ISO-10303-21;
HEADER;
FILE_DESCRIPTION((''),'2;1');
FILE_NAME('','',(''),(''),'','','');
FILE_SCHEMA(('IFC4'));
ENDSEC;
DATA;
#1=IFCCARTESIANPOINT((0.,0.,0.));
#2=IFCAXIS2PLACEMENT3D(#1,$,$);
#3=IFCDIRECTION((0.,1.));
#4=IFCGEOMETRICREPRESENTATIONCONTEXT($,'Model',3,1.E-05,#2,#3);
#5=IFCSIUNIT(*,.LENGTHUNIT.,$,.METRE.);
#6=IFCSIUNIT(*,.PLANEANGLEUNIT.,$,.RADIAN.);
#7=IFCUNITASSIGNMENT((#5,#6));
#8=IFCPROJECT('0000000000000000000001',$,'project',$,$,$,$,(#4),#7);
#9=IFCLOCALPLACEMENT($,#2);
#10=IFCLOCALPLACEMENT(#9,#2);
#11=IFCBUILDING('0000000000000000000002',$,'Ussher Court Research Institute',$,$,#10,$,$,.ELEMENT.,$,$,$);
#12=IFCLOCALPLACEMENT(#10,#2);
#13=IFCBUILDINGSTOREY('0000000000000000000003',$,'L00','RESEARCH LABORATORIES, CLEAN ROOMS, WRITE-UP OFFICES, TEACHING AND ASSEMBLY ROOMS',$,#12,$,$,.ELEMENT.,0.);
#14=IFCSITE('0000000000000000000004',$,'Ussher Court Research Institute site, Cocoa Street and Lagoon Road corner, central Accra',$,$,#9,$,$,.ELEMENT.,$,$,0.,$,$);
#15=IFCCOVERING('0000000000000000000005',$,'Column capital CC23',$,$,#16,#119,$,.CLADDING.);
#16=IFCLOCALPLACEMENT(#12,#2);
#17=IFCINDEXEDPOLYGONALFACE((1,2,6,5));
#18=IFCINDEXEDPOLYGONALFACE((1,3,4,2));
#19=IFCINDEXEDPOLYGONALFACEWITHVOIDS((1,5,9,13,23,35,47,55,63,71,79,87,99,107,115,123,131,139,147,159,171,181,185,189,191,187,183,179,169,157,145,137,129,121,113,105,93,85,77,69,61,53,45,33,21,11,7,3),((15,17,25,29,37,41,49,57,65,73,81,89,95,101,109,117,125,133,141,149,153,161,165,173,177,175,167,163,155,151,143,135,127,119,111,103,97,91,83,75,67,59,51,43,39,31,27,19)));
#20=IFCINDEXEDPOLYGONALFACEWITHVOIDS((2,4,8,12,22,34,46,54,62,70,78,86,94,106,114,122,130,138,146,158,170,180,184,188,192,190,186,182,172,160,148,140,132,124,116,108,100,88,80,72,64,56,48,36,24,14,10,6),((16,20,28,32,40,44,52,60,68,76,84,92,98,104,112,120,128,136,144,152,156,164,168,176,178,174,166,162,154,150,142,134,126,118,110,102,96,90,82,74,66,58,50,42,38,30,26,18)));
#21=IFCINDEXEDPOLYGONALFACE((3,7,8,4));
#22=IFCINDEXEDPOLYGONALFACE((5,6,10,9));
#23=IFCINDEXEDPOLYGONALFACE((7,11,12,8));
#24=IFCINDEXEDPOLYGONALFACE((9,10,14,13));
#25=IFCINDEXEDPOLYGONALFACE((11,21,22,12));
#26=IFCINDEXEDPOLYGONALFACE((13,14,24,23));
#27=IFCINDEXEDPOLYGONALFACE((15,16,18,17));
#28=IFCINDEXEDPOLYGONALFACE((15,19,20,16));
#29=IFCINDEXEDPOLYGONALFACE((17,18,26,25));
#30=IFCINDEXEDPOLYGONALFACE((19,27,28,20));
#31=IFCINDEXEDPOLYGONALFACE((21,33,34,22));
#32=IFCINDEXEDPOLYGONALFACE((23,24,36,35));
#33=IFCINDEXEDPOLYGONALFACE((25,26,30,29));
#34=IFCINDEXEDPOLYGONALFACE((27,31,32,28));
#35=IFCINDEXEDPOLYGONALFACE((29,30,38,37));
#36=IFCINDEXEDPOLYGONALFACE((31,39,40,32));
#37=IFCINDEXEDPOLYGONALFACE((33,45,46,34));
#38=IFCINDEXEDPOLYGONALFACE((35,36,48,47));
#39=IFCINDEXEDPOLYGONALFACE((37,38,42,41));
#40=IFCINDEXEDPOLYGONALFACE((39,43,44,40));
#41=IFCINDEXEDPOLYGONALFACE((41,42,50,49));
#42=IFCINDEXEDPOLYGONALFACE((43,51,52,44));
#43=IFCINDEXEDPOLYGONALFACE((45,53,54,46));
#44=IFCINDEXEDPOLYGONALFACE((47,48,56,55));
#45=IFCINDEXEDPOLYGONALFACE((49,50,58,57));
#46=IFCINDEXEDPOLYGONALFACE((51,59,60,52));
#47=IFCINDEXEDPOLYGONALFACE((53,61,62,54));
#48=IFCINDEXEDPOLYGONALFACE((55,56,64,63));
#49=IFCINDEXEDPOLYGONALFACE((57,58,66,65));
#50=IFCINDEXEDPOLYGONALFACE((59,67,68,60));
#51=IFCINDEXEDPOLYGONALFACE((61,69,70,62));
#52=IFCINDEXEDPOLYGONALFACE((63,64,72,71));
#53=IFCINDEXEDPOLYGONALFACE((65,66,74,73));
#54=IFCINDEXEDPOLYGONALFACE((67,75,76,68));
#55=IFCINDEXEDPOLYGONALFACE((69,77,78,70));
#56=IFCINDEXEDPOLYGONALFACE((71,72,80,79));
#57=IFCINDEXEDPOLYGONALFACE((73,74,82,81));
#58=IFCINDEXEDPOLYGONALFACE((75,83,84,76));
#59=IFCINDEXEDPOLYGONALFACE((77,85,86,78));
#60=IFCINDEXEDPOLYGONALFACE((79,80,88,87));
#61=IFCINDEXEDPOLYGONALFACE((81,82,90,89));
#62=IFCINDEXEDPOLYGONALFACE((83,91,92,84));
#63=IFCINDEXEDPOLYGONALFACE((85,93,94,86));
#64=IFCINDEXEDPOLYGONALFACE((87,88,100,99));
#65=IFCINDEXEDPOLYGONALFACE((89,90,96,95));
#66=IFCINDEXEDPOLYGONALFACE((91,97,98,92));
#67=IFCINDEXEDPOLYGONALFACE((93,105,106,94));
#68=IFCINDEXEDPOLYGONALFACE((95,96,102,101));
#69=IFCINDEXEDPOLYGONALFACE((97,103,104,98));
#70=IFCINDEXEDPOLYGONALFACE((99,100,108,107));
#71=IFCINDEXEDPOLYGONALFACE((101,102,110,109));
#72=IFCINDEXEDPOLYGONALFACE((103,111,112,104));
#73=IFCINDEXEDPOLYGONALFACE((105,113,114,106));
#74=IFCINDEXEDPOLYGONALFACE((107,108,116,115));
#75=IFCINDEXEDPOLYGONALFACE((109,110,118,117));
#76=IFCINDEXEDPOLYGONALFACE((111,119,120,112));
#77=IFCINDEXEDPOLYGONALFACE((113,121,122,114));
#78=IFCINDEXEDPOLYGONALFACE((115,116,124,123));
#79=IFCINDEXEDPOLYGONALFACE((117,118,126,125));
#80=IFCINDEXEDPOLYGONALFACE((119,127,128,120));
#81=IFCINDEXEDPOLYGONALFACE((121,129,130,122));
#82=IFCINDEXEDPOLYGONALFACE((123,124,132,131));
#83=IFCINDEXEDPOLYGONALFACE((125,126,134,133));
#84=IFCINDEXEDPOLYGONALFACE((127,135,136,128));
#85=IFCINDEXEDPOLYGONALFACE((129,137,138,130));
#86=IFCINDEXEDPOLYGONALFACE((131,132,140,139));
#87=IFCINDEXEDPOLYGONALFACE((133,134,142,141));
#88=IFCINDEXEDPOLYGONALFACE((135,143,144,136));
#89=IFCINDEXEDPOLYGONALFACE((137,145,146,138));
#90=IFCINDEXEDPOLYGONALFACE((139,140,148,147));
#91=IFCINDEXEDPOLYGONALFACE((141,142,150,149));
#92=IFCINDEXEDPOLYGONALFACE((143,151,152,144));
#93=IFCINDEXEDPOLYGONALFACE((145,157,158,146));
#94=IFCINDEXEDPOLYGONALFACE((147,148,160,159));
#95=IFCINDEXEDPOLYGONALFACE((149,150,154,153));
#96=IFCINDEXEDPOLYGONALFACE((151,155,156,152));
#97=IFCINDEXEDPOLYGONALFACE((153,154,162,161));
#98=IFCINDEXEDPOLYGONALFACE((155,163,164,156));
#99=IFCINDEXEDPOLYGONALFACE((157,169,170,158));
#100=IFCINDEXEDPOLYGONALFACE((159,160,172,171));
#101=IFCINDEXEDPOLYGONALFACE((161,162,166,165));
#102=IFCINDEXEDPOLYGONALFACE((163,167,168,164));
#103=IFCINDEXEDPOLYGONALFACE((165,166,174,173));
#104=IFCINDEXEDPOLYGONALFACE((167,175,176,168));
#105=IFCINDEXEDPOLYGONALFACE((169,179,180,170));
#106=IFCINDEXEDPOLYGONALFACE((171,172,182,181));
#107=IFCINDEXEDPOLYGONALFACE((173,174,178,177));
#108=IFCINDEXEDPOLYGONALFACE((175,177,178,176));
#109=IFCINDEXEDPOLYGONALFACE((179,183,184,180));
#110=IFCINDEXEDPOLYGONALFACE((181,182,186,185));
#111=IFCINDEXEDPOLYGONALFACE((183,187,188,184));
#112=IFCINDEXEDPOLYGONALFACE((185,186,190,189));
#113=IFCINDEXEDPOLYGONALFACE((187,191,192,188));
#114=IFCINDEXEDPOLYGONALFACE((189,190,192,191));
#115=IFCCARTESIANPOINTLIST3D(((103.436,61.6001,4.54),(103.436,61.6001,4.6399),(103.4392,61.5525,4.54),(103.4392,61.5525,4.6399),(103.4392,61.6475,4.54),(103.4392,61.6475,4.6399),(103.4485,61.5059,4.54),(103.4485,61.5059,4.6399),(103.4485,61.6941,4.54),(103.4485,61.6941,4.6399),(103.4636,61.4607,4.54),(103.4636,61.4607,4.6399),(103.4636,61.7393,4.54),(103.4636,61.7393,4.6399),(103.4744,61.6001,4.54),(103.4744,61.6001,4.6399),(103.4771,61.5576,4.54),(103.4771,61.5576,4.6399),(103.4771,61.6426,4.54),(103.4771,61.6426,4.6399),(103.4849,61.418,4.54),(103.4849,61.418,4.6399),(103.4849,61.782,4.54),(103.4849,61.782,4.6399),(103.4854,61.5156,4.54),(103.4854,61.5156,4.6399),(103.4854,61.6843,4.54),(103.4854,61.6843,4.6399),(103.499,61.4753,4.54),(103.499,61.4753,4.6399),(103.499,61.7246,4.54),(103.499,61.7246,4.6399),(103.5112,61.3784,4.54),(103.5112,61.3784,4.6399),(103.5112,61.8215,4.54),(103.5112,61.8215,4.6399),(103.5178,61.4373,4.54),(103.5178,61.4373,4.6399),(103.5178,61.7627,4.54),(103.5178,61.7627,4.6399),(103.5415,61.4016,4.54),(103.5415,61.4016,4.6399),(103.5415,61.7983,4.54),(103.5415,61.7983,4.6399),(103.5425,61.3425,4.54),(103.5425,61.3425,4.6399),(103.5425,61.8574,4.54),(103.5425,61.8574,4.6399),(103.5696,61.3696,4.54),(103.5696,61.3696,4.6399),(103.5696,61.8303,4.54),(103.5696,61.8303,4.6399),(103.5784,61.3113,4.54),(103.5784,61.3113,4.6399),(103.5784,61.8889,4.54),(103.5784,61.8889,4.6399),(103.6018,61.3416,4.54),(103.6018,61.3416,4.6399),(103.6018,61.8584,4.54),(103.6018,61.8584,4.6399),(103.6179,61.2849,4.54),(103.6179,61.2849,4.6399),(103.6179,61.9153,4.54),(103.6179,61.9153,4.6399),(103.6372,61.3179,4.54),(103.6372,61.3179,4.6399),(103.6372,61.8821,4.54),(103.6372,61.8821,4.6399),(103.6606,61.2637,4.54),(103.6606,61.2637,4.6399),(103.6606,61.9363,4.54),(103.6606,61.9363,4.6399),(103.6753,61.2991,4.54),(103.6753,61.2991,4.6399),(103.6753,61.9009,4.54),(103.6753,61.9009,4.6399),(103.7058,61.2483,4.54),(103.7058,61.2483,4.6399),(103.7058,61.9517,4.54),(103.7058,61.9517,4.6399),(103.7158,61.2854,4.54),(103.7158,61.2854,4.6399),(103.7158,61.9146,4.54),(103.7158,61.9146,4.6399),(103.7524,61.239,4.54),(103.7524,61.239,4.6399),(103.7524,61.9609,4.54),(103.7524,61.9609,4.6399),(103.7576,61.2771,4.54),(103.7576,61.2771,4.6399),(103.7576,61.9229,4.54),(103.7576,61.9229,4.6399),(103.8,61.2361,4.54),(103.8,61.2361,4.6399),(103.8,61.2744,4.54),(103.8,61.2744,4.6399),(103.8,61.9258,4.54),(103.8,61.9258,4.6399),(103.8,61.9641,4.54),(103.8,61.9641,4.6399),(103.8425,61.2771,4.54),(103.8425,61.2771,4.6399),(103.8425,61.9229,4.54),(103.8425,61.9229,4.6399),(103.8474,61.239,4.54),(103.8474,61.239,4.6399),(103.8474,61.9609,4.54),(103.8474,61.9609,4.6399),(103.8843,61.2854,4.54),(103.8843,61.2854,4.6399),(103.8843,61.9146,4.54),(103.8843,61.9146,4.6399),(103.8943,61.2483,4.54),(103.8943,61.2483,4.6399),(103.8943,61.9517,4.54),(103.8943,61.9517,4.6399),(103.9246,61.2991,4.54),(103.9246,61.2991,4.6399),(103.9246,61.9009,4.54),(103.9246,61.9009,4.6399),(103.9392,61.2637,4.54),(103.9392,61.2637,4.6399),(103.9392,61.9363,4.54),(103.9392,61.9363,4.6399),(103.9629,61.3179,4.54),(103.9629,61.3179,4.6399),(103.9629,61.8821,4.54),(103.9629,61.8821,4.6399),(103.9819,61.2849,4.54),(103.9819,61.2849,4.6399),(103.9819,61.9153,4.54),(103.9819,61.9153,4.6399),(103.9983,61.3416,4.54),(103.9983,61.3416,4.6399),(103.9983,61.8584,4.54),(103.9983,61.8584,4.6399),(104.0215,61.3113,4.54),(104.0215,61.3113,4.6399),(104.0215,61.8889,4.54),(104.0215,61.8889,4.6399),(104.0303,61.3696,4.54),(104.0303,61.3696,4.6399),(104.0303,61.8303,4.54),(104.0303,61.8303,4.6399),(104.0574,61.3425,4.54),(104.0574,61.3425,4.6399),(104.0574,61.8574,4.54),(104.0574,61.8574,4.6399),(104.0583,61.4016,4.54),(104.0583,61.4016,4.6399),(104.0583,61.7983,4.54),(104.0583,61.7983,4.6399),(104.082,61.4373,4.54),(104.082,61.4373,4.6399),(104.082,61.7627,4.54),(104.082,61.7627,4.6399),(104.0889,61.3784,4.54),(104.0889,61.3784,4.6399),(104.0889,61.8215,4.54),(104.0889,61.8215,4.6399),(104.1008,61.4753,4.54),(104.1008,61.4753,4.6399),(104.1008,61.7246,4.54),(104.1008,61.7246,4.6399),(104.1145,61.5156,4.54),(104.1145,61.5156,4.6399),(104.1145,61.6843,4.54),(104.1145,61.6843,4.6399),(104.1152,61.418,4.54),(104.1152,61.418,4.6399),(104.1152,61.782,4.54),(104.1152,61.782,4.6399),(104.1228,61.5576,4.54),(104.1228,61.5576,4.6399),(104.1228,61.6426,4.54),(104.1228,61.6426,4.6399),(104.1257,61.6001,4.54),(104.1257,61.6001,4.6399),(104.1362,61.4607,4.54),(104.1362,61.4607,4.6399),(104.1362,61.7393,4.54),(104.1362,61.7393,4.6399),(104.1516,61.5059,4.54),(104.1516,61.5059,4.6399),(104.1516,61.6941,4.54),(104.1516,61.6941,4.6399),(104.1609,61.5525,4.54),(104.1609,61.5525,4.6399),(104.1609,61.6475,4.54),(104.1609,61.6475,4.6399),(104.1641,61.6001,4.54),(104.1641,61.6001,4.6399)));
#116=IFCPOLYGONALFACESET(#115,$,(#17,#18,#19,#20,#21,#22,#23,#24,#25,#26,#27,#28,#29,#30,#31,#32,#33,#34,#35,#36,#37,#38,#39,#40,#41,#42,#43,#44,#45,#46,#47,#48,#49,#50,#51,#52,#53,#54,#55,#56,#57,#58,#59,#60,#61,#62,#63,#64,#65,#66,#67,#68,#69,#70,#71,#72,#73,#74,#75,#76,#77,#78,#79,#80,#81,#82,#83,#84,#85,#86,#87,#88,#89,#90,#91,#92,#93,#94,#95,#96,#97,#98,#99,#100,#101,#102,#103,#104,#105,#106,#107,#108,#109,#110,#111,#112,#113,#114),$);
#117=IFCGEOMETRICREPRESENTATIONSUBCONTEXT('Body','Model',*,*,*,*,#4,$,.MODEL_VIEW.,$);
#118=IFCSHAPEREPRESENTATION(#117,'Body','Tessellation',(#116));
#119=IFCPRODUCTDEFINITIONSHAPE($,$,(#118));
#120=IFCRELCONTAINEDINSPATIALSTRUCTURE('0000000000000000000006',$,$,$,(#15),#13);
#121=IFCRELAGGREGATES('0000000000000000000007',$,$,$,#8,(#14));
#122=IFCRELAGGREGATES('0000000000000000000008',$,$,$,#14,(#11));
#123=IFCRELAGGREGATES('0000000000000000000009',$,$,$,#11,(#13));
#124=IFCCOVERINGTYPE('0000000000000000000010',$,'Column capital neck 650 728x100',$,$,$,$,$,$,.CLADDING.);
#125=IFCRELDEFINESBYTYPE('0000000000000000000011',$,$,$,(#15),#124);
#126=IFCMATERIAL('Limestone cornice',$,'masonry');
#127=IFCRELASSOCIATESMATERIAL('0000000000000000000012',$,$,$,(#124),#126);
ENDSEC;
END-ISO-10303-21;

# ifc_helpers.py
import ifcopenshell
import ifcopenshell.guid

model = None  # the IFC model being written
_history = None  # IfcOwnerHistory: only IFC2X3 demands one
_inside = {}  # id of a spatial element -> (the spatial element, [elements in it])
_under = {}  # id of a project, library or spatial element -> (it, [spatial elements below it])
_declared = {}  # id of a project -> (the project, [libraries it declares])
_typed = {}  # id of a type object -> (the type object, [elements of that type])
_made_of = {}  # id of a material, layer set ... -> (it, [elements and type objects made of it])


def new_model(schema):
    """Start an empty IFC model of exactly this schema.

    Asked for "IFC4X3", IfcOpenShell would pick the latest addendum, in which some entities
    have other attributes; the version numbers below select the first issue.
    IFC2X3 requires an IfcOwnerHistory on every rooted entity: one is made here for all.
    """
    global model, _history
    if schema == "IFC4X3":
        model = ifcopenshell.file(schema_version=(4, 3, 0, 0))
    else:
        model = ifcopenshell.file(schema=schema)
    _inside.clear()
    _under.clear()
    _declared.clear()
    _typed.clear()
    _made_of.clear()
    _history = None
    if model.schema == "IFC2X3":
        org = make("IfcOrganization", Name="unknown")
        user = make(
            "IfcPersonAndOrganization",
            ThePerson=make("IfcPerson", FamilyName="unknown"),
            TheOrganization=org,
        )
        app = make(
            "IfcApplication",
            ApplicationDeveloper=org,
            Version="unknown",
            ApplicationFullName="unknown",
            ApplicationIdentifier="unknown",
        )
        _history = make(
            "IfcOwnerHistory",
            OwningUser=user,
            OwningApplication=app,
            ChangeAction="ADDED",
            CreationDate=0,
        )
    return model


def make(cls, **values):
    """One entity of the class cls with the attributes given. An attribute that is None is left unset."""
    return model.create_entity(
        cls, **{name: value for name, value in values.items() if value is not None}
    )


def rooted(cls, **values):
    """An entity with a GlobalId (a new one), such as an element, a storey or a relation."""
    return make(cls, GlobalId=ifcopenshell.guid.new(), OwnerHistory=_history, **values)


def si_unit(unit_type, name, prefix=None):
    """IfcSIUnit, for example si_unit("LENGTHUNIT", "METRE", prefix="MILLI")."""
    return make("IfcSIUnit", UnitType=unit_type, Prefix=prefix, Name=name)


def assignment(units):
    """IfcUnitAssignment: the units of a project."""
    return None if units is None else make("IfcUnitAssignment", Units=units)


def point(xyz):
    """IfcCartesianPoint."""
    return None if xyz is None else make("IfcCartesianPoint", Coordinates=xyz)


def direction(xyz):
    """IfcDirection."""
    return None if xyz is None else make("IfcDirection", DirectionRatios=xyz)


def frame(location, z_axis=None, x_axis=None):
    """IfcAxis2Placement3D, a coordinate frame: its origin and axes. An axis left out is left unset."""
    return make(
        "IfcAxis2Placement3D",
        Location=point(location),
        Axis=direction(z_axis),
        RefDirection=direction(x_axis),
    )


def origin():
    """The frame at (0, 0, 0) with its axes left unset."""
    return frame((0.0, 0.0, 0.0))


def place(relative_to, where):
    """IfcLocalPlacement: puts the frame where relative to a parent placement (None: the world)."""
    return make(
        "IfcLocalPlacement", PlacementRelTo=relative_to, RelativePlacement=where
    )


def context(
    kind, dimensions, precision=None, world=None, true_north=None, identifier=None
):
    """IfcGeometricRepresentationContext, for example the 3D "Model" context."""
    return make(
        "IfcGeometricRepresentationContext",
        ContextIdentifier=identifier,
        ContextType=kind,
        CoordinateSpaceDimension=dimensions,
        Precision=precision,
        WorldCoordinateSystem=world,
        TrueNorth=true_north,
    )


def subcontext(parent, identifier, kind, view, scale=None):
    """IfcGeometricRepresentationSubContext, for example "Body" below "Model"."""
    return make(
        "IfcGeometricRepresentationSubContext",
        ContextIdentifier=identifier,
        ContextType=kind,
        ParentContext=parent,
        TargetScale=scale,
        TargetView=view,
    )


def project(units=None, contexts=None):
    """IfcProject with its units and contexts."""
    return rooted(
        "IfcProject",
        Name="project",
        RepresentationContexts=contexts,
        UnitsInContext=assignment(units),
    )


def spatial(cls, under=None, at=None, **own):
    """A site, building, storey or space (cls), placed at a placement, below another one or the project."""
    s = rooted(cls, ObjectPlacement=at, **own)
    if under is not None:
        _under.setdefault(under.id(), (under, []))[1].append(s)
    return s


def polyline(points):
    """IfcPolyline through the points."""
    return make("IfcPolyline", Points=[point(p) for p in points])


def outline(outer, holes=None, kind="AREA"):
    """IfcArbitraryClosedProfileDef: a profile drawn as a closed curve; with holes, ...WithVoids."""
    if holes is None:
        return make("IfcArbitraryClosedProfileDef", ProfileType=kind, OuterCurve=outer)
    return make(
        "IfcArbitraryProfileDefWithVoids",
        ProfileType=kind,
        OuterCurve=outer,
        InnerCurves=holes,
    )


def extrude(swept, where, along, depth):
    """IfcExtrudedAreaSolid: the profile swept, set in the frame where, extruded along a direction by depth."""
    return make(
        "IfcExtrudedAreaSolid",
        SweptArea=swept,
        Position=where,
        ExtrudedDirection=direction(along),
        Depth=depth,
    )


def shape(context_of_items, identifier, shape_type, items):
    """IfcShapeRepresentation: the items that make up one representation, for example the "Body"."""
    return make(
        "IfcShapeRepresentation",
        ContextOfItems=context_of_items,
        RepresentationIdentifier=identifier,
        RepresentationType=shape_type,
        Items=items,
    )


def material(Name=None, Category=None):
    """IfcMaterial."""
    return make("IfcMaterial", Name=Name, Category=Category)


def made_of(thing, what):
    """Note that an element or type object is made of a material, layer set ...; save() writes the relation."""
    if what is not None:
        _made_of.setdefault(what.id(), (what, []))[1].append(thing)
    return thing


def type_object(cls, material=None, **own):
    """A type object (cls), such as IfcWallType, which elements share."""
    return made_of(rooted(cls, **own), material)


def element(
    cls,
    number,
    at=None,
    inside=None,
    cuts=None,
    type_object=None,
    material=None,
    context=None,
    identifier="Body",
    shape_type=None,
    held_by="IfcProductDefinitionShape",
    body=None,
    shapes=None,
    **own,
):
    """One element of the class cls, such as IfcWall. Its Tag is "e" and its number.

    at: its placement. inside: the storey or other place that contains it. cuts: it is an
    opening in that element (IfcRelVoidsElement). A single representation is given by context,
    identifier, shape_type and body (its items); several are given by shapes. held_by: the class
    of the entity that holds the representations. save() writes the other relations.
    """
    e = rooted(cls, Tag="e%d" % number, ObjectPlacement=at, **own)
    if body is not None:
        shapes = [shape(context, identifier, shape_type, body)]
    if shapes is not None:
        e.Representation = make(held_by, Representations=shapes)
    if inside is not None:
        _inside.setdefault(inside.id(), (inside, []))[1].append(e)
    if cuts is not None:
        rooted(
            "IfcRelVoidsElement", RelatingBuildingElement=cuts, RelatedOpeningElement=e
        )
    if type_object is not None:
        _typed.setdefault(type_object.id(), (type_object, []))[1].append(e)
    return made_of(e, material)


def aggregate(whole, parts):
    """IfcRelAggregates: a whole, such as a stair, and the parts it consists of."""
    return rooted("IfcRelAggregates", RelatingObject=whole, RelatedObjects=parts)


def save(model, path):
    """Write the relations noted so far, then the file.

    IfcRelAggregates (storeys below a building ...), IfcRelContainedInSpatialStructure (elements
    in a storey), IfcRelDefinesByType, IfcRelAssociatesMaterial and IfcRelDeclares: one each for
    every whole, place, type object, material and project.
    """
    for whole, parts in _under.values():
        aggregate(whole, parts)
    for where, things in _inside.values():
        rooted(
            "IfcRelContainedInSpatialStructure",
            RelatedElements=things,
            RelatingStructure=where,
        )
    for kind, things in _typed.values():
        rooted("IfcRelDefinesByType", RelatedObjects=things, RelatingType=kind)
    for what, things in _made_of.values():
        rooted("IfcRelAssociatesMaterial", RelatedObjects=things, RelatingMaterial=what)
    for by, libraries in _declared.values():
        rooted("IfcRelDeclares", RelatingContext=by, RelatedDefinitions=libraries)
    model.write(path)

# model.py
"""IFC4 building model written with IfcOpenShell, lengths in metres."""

from ifc_helpers import new_model, si_unit, direction, frame, origin, place, context, subcontext, project, spatial, polyline, outline, extrude, material, type_object, element, save


model = new_model("IFC4")

# Units and contexts
model_context = context("Model", 3, precision=1e-05, world=origin(), true_north=direction((0.0, 1.0)))
body_context = subcontext(model_context, "Body", "Model", "MODEL_VIEW")
ifc_project = project(units=[si_unit("LENGTHUNIT", "METRE"), si_unit("PLANEANGLEUNIT", "RADIAN")], contexts=[model_context])

# Site, building, storey
site_placement = place(None, origin())
site = spatial("IfcSite", under=ifc_project, at=site_placement, Name="Ussher Court Research Institute site, Cocoa Street and Lagoon Road corner, central Accra", CompositionType="ELEMENT", RefElevation=0.0)
building_placement = place(site_placement, origin())
building = spatial("IfcBuilding", under=site, at=building_placement, Name="Ussher Court Research Institute", CompositionType="ELEMENT")
storey_placement = place(building_placement, origin())
storey = spatial("IfcBuildingStorey", under=building, at=storey_placement, Name="L00", Description="RESEARCH LABORATORIES, CLEAN ROOMS, WRITE-UP OFFICES, TEACHING AND ASSEMBLY ROOMS", CompositionType="ELEMENT", Elevation=0.0)

# Covering
ifc_material_1 = material(Name="Limestone cornice", Category="masonry")
covering_type_1 = type_object("IfcCoveringType", Name="Column capital neck 650 728x100", PredefinedType="CLADDING", material=ifc_material_1)
covering_1_placement = place(storey_placement, frame((0.0, 0.0, 4.54)))
element("IfcCovering", 1, at=covering_1_placement, inside=storey, type_object=covering_type_1, Name="Column capital CC23", PredefinedType="CLADDING", context=body_context, shape_type="SweptSolid", body=[
    extrude(outline(polyline([(104.1641, 61.6001), (104.1609, 61.6475), (104.1516, 61.6941), (104.1362, 61.7393), (104.1152, 61.782), (104.0889, 61.8215), (104.0574, 61.8574), (104.0215, 61.8889), (103.9819, 61.9153), (103.9392, 61.9363), (103.8943, 61.9517), (103.8474, 61.9609), (103.8, 61.9641), (103.7524, 61.9609), (103.7058, 61.9517), (103.6606, 61.9363), (103.6179, 61.9153), (103.5784, 61.8889), (103.5425, 61.8574), (103.5112, 61.8215), (103.4849, 61.782), (103.4636, 61.7393), (103.4485, 61.6941), (103.4392, 61.6475), (103.436, 61.6001), (103.4392, 61.5525), (103.4485, 61.5059), (103.4636, 61.4607), (103.4849, 61.418), (103.5112, 61.3784), (103.5425, 61.3425), (103.5784, 61.3113), (103.6179, 61.2849), (103.6606, 61.2637), (103.7058, 61.2483), (103.7524, 61.239), (103.8, 61.2361), (103.8474, 61.239), (103.8943, 61.2483), (103.9392, 61.2637), (103.9819, 61.2849), (104.0215, 61.3113), (104.0574, 61.3425), (104.0889, 61.3784), (104.1152, 61.418), (104.1362, 61.4607), (104.1516, 61.5059), (104.1609, 61.5525), (104.1641, 61.6001)]), holes=[polyline([(104.1257, 61.6001), (104.1228, 61.6426), (104.1145, 61.6843), (104.1008, 61.7246), (104.082, 61.7627), (104.0583, 61.7983), (104.0303, 61.8303), (103.9983, 61.8584), (103.9629, 61.8821), (103.9246, 61.9009), (103.8843, 61.9146), (103.8425, 61.9229), (103.8, 61.9258), (103.7576, 61.9229), (103.7158, 61.9146), (103.6753, 61.9009), (103.6372, 61.8821), (103.6018, 61.8584), (103.5696, 61.8303), (103.5415, 61.7983), (103.5178, 61.7627), (103.499, 61.7246), (103.4854, 61.6843), (103.4771, 61.6426), (103.4744, 61.6001), (103.4771, 61.5576), (103.4854, 61.5156), (103.499, 61.4753), (103.5178, 61.4373), (103.5415, 61.4016), (103.5696, 61.3696), (103.6018, 61.3416), (103.6372, 61.3179), (103.6753, 61.2991), (103.7158, 61.2854), (103.7576, 61.2771), (103.8, 61.2744), (103.8425, 61.2771), (103.8843, 61.2854), (103.9246, 61.2991), (103.9629, 61.3179), (103.9983, 61.3416), (104.0303, 61.3696), (104.0583, 61.4016), (104.082, 61.4373), (104.1008, 61.4753), (104.1145, 61.5156), (104.1228, 61.5576), (104.1257, 61.6001)])]), origin(), (0.0, 0.0, 1.0), 0.0999),
])

save(model, "model.ifc")
